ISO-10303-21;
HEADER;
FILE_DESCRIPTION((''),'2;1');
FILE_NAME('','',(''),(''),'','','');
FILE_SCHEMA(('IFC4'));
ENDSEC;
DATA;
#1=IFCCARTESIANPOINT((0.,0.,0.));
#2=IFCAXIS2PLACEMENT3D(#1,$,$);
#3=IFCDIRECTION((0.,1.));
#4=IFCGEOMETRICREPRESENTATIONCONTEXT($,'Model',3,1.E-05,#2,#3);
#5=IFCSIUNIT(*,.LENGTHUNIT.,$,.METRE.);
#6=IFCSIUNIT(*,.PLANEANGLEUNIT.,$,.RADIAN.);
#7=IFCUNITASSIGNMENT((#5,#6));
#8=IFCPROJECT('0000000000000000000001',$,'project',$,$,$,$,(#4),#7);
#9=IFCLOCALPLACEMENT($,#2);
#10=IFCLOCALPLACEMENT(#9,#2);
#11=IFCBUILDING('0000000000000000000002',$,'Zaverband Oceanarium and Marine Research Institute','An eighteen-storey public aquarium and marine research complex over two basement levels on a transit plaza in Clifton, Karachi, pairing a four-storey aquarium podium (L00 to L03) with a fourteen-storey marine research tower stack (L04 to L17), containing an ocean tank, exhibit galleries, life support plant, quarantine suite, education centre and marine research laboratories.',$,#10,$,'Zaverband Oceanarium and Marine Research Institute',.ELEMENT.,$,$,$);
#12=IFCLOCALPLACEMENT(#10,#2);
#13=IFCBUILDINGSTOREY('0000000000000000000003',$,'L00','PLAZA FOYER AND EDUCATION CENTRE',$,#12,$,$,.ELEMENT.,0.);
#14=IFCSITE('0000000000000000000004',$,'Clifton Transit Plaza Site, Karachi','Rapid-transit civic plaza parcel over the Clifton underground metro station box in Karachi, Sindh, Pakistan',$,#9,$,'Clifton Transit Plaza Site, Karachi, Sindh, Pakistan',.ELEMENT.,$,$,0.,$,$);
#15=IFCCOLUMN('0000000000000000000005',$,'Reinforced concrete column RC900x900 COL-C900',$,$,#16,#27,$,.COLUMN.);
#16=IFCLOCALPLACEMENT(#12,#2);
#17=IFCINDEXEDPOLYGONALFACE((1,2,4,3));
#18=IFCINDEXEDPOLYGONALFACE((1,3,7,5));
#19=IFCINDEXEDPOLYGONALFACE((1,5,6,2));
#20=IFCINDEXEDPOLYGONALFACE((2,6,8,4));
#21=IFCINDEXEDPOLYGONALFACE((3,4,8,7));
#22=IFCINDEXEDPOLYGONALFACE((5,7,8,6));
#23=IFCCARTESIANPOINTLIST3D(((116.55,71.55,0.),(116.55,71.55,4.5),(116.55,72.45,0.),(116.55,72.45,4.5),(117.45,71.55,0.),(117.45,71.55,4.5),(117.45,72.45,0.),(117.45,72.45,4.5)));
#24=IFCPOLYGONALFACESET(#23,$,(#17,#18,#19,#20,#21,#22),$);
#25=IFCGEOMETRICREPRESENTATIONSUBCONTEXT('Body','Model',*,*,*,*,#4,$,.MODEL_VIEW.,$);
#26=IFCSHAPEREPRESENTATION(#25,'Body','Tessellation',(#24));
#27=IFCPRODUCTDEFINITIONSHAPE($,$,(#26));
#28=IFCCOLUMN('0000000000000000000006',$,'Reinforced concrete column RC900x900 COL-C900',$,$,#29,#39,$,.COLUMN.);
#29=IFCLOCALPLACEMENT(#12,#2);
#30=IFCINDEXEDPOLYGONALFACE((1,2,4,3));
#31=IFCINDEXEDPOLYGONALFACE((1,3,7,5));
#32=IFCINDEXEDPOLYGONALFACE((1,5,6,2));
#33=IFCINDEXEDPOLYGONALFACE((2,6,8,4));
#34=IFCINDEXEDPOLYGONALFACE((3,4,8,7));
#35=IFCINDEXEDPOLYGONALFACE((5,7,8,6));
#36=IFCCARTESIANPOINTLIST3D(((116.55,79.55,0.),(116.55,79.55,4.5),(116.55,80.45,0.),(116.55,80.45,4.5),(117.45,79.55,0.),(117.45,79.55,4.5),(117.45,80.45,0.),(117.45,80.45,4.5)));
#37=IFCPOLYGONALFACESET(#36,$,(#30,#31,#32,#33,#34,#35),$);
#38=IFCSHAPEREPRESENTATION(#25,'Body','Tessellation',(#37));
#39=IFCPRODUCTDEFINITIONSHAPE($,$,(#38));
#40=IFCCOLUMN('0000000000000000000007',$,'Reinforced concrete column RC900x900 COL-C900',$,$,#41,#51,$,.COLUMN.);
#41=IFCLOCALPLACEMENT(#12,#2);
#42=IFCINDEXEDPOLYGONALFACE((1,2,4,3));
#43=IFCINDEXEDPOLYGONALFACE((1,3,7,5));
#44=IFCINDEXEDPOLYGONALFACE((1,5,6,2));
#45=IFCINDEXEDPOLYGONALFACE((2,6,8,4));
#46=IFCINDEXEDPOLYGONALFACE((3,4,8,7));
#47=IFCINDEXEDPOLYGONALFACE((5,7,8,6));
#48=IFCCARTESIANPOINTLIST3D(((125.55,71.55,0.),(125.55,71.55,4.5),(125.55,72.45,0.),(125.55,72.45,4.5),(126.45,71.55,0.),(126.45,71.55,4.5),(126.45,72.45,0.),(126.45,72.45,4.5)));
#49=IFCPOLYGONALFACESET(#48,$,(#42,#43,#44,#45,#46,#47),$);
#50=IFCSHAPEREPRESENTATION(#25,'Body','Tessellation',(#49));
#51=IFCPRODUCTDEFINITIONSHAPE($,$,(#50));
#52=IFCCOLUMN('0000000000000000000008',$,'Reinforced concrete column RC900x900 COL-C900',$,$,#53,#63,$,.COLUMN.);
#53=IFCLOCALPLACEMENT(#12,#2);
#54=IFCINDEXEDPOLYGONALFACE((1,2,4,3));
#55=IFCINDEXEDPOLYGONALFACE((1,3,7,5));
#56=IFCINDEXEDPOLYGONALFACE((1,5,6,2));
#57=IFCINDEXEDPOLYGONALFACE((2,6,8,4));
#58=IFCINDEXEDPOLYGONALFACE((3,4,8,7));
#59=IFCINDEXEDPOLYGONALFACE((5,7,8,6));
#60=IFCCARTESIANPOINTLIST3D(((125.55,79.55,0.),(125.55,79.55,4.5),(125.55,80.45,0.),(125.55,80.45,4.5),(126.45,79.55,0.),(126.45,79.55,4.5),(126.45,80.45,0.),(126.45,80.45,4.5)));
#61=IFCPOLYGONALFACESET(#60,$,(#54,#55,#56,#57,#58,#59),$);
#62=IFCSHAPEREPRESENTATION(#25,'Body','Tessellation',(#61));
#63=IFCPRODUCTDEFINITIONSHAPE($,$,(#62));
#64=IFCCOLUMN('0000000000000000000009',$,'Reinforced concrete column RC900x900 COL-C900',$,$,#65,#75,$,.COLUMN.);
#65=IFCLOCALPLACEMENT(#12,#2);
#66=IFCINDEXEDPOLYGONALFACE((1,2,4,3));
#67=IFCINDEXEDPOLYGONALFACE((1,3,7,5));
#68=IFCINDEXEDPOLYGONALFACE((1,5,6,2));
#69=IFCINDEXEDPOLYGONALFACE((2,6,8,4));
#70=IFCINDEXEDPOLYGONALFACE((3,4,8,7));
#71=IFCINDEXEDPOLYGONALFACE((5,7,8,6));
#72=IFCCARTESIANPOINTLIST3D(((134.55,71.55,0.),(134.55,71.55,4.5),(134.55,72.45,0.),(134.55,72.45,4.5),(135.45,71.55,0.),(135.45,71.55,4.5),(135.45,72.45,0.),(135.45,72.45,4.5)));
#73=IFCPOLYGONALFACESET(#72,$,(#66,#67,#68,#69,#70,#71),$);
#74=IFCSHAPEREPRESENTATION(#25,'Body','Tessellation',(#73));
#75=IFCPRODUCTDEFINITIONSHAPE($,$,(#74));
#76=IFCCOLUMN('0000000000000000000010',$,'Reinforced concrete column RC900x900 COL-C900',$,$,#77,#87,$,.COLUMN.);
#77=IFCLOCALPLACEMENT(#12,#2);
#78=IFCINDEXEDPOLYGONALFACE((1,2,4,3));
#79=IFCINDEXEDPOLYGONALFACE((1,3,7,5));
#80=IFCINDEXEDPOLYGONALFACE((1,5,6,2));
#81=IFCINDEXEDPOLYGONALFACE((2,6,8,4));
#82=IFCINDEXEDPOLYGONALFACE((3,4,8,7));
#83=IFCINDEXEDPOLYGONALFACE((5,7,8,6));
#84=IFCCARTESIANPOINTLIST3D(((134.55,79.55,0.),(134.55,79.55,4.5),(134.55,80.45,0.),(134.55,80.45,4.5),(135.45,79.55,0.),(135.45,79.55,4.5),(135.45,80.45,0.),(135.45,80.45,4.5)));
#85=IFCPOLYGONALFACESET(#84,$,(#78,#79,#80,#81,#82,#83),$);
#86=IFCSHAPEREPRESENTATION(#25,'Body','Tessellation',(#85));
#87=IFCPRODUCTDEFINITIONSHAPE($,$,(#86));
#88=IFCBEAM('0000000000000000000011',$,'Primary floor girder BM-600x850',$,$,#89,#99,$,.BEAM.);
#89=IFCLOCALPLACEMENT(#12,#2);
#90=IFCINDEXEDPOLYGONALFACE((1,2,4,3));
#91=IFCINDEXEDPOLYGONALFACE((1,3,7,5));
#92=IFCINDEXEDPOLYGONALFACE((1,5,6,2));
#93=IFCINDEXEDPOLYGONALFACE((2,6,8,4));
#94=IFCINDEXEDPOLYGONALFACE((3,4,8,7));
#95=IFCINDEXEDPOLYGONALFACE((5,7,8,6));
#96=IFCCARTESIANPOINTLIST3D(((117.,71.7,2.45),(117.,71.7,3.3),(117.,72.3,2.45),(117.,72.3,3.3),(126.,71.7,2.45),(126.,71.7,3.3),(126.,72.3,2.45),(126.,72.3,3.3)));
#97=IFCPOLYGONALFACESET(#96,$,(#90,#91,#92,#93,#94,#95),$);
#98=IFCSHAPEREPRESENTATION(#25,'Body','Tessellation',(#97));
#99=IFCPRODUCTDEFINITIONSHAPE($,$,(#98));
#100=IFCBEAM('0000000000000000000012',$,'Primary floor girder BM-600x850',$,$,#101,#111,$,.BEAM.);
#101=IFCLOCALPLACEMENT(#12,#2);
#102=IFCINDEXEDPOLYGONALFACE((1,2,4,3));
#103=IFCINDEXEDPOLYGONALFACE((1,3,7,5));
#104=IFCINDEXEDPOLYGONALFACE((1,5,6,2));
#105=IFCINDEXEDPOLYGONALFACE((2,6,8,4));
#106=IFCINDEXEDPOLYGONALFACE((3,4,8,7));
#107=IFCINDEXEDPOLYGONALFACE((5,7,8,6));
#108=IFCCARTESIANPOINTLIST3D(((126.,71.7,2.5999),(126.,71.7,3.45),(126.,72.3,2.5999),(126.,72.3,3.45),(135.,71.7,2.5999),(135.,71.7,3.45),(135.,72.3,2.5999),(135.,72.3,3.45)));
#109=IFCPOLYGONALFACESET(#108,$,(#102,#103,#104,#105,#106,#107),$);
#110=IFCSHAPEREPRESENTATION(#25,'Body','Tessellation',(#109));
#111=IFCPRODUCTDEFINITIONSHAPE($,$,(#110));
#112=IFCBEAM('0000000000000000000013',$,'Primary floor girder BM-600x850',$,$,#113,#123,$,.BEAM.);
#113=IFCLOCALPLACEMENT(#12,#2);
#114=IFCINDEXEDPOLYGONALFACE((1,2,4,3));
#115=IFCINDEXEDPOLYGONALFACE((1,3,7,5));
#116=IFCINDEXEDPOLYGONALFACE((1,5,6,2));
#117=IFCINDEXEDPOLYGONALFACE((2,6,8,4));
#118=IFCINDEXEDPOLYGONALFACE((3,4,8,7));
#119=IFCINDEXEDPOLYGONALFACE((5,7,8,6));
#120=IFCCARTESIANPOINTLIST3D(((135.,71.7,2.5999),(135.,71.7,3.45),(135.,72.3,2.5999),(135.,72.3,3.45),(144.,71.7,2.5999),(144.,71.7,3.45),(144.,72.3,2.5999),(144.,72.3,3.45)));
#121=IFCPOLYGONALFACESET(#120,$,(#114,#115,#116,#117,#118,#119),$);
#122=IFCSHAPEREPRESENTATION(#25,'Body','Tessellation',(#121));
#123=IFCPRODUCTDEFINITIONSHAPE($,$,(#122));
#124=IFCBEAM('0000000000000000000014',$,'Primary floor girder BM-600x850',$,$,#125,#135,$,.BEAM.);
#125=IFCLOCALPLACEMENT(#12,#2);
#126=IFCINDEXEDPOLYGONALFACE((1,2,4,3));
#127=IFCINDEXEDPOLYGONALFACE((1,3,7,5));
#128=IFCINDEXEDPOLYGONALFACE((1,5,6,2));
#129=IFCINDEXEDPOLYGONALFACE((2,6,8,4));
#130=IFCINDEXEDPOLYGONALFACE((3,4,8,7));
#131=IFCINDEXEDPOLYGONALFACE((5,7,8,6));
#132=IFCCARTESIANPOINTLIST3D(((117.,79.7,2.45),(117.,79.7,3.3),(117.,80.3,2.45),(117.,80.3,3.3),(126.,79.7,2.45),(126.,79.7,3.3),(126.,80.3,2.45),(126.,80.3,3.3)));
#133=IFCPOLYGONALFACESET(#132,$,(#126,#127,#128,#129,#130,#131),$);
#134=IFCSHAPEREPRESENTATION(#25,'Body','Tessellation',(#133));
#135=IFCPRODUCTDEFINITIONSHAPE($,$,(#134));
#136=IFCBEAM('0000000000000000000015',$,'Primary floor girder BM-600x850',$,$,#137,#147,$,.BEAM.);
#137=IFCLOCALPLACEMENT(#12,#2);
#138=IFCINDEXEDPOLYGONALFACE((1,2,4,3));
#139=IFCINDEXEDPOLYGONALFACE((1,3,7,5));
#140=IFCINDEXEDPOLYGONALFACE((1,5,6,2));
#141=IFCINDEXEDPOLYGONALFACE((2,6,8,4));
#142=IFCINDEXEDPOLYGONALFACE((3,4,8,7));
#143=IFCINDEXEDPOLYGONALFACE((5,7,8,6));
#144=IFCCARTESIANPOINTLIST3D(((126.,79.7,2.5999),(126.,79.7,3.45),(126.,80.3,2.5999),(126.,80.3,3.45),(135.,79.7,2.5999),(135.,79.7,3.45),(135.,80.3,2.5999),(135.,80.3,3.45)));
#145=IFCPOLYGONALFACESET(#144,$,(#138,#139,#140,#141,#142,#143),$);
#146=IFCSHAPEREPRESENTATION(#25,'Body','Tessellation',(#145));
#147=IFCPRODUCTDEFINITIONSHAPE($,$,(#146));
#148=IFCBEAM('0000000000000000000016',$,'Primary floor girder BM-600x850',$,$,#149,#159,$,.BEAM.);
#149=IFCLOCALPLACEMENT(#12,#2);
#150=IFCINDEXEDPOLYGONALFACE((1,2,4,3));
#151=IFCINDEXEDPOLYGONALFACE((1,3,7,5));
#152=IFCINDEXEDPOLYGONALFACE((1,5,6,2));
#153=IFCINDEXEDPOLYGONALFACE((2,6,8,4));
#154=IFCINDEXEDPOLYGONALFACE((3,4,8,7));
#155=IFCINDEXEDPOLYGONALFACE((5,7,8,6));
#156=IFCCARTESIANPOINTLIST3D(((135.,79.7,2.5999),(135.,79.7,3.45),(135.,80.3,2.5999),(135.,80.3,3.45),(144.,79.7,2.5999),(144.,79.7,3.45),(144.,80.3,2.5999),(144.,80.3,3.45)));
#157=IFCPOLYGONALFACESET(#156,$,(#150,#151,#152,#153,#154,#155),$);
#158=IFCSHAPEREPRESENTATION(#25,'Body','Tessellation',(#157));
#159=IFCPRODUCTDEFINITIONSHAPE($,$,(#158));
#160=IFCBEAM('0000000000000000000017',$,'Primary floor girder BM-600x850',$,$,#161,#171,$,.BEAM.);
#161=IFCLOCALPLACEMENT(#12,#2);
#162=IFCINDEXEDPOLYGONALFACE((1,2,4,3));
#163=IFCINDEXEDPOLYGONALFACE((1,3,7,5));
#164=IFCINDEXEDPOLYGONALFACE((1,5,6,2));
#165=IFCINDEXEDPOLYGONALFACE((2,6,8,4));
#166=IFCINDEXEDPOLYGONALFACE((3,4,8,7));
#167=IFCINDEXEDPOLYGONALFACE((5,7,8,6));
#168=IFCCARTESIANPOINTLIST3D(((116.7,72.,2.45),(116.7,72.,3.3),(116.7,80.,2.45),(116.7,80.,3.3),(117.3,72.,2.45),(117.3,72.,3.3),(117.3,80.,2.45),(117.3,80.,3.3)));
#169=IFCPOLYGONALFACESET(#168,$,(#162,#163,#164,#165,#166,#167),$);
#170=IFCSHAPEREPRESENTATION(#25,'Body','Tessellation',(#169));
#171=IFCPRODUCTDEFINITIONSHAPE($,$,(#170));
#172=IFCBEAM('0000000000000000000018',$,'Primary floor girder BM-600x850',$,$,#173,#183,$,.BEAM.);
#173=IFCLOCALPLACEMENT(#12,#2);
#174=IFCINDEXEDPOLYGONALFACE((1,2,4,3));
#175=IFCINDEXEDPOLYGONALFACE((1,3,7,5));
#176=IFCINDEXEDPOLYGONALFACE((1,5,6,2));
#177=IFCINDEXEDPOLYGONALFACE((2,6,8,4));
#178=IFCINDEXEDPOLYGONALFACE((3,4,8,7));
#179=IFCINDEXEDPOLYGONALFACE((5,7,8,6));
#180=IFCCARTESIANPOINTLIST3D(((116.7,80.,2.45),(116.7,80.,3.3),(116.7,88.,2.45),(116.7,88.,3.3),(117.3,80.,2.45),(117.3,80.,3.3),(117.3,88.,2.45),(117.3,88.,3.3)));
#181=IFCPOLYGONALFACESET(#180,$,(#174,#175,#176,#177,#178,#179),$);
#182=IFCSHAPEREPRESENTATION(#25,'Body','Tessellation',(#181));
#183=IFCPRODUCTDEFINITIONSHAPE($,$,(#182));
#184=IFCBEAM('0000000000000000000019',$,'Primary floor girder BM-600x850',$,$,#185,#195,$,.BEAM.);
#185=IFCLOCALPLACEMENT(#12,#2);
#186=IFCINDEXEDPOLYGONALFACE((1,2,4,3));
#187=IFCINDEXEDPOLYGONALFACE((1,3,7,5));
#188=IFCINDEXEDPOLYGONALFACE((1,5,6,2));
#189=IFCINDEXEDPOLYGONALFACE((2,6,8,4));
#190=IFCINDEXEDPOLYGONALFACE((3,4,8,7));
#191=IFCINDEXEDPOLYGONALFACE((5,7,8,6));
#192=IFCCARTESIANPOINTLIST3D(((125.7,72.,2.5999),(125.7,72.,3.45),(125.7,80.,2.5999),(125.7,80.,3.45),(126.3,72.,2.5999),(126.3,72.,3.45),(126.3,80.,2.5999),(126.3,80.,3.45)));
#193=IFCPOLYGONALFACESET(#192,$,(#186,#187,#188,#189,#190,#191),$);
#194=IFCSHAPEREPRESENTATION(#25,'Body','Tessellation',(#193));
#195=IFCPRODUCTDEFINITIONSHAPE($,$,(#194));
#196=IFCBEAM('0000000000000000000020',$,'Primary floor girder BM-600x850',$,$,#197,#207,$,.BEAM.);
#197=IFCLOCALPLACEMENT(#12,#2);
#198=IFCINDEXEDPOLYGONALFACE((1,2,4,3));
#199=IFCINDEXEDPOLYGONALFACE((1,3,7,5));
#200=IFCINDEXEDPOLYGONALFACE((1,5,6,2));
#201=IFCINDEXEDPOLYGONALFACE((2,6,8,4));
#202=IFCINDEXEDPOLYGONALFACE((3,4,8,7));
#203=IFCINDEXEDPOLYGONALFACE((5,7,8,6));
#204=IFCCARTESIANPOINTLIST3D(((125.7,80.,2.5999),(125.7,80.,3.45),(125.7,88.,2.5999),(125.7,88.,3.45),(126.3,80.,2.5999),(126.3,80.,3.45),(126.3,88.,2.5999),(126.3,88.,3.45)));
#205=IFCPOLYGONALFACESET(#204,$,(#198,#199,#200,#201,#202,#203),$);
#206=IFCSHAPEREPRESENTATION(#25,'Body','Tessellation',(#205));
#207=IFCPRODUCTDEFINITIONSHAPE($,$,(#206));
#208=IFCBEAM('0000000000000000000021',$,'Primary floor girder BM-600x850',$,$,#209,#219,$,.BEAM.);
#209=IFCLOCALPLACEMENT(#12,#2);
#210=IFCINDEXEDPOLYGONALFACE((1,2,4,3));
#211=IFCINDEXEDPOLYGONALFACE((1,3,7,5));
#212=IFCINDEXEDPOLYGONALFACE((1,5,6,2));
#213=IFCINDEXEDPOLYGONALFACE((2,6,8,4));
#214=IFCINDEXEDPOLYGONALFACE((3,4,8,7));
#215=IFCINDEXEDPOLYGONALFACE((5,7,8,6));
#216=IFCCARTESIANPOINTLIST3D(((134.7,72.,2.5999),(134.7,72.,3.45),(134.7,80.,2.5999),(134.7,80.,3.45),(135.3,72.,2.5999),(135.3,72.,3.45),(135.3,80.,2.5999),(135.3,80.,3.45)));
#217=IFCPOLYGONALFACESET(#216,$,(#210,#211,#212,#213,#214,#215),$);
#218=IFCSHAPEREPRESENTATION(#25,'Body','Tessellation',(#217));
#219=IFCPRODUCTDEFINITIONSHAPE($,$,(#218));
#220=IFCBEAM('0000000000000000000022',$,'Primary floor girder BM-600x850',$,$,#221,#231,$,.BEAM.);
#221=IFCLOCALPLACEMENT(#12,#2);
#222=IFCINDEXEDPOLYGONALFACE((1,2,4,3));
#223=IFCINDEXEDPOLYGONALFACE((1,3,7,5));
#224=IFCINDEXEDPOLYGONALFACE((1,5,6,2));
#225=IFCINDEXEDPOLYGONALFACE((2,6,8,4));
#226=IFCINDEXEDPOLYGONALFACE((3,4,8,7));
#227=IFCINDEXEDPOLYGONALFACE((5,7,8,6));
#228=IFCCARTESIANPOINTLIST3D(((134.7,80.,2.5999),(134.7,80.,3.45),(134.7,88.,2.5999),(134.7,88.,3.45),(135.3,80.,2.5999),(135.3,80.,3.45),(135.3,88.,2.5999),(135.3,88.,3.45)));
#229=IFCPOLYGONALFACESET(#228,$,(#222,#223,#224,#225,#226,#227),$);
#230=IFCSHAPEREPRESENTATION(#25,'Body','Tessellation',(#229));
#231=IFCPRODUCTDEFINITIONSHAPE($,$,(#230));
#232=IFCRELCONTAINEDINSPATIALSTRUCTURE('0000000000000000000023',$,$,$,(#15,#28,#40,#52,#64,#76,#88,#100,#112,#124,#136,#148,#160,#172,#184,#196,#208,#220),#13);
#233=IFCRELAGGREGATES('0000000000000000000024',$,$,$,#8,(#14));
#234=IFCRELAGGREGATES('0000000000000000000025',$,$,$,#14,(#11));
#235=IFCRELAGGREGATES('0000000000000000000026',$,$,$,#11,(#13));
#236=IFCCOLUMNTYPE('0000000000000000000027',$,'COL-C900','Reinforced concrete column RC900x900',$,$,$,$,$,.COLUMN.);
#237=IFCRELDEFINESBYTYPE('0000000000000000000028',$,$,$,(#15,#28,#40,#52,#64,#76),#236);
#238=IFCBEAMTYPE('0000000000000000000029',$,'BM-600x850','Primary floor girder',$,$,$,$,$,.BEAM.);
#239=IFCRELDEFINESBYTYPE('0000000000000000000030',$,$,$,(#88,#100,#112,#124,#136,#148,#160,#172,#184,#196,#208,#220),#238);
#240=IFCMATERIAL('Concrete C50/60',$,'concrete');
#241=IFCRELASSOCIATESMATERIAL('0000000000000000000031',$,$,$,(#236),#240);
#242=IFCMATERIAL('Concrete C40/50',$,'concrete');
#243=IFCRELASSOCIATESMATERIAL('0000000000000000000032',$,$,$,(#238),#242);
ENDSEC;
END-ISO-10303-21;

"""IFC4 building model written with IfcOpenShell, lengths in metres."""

from ifc_helpers import new_model, si_unit, direction, frame, origin, origin_2d, place, context, subcontext, project, spatial, rectangle, extrude, material, material_profile, profile_set, type_object, element, save


model = new_model("IFC4")

# Units and contexts
model_context = context("Model", 3, precision=1e-05, world=origin(), true_north=direction((0.0, 1.0)))
body_context = subcontext(model_context, "Body", "Model", "MODEL_VIEW")
ifc_project = project(units=[si_unit("LENGTHUNIT", "METRE"), si_unit("PLANEANGLEUNIT", "RADIAN")], contexts=[model_context])

# Site, building, storey
site_placement = place(None, origin())
site = spatial("IfcSite", under=ifc_project, at=site_placement, Name="Clifton Transit Plaza Site, Karachi", Description="Rapid-transit civic plaza parcel over the Clifton underground metro station box in Karachi, Sindh, Pakistan", LongName="Clifton Transit Plaza Site, Karachi, Sindh, Pakistan", CompositionType="ELEMENT", RefElevation=0.0)
building_placement = place(site_placement, origin())
building = spatial("IfcBuilding", under=site, at=building_placement, Name="Zaverband Oceanarium and Marine Research Institute", Description="An eighteen-storey public aquarium and marine research complex over two basement levels on a transit plaza in Clifton, Karachi, pairing a four-storey aquarium podium (L00 to L03) with a fourteen-storey marine research tower stack (L04 to L17), containing an ocean tank, exhibit galleries, life support plant, quarantine suite, education centre and marine research laboratories.", LongName="Zaverband Oceanarium and Marine Research Institute", CompositionType="ELEMENT")
storey_placement = place(building_placement, origin())
storey = spatial("IfcBuildingStorey", under=building, at=storey_placement, Name="L00", Description="PLAZA FOYER AND EDUCATION CENTRE", CompositionType="ELEMENT", Elevation=0.0)

# Columns
ifc_material_1 = material(Name="Concrete C50/60", Category="concrete")
ifc_material_profile_1 = material_profile(ifc_material_1, rectangle(XDim=0.8999, YDim=0.8999, at=origin_2d()), Name="RC900x900")
ifc_profile_set_1 = profile_set([ifc_material_profile_1], Name="Concrete C50/60")
column_type = type_object("IfcColumnType", Name="COL-C900", Description="Reinforced concrete column RC900x900", PredefinedType="COLUMN", material=ifc_profile_set_1)
for number, where, z_axis, x_axis, name in (
    (1, (117.0, 72.0, 0.0), (0.0, 0.0, 1.0), (1.0, 0.0, 0.0), "Reinforced concrete column RC900x900 COL-C900"),
    (2, (117.0, 80.0, 0.0), (0.0, 0.0, 1.0), (1.0, 0.0, 0.0), "Reinforced concrete column RC900x900 COL-C900"),
    (3, (126.0, 72.0, 0.0), (0.0, 0.0, 1.0), (1.0, 0.0, 0.0), "Reinforced concrete column RC900x900 COL-C900"),
    (4, (126.0, 80.0, 0.0), (0.0, 0.0, 1.0), (1.0, 0.0, 0.0), "Reinforced concrete column RC900x900 COL-C900"),
    (5, (135.0, 72.0, 0.0), (0.0, 0.0, 1.0), (1.0, 0.0, 0.0), "Reinforced concrete column RC900x900 COL-C900"),
    (6, (135.0, 80.0, 0.0), (0.0, 0.0, 1.0), (1.0, 0.0, 0.0), "Reinforced concrete column RC900x900 COL-C900"),
):
    element("IfcColumn", number, at=place(storey_placement, frame(where, z_axis=z_axis, x_axis=x_axis)), inside=storey, type_object=column_type, Name=name, PredefinedType="COLUMN", context=body_context, shape_type="SweptSolid", body=[
        extrude(rectangle(XDim=0.8999, YDim=0.8999, at=origin_2d()), origin(), (0.0, 0.0, 1.0), 4.5),
    ])

# Beams
ifc_material_2 = material(Name="Concrete C40/50", Category="concrete")
ifc_material_profile_2 = material_profile(ifc_material_2, rectangle(XDim=0.6001, YDim=0.8501, at=origin_2d()), Name="RC600x850")
ifc_profile_set_2 = profile_set([ifc_material_profile_2], Name="Concrete C40/50")
beam_type_1 = type_object("IfcBeamType", Name="BM-600x850", Description="Primary floor girder", PredefinedType="BEAM", material=ifc_profile_set_2)
for number, where, z_axis, x_axis, name in (
    (7, (117.0, 72.0, 2.875), (1.0, 0.0, 0.0), (0.0, 1.0, 0.0), "Primary floor girder BM-600x850"),
    (8, (126.0, 72.0, 3.0249), (1.0, 0.0, 0.0), (0.0, 1.0, 0.0), "Primary floor girder BM-600x850"),
    (9, (135.0, 72.0, 3.0249), (1.0, 0.0, 0.0), (0.0, 1.0, 0.0), "Primary floor girder BM-600x850"),
    (10, (117.0, 80.0, 2.875), (1.0, 0.0, 0.0), (0.0, 1.0, 0.0), "Primary floor girder BM-600x850"),
    (11, (126.0, 80.0, 3.0249), (1.0, 0.0, 0.0), (0.0, 1.0, 0.0), "Primary floor girder BM-600x850"),
    (12, (135.0, 80.0, 3.0249), (1.0, 0.0, 0.0), (0.0, 1.0, 0.0), "Primary floor girder BM-600x850"),
):
    element("IfcBeam", number, at=place(storey_placement, frame(where, z_axis=z_axis, x_axis=x_axis)), inside=storey, type_object=beam_type_1, Name=name, PredefinedType="BEAM", context=body_context, shape_type="SweptSolid", body=[
        extrude(rectangle(XDim=0.6001, YDim=0.8501, at=origin_2d()), origin(), (0.0, 0.0, 1.0), 9.0),
    ])
for number, where, z_axis, x_axis, name in (
    (13, (117.0, 72.0, 2.875), (0.0, 1.0, 0.0), (-1.0, 0.0, 0.0), "Primary floor girder BM-600x850"),
    (14, (117.0, 80.0, 2.875), (0.0, 1.0, 0.0), (-1.0, 0.0, 0.0), "Primary floor girder BM-600x850"),
    (15, (126.0, 72.0, 3.0249), (0.0, 1.0, 0.0), (-1.0, 0.0, 0.0), "Primary floor girder BM-600x850"),
    (16, (126.0, 80.0, 3.0249), (0.0, 1.0, 0.0), (-1.0, 0.0, 0.0), "Primary floor girder BM-600x850"),
    (17, (135.0, 72.0, 3.0249), (0.0, 1.0, 0.0), (-1.0, 0.0, 0.0), "Primary floor girder BM-600x850"),
    (18, (135.0, 80.0, 3.0249), (0.0, 1.0, 0.0), (-1.0, 0.0, 0.0), "Primary floor girder BM-600x850"),
):
    element("IfcBeam", number, at=place(storey_placement, frame(where, z_axis=z_axis, x_axis=x_axis)), inside=storey, type_object=beam_type_1, Name=name, PredefinedType="BEAM", context=body_context, shape_type="SweptSolid", body=[
        extrude(rectangle(XDim=0.6001, YDim=0.8501, at=origin_2d()), origin(), (0.0, 0.0, 1.0), 8.0),
    ])

save(model, "model.ifc")
